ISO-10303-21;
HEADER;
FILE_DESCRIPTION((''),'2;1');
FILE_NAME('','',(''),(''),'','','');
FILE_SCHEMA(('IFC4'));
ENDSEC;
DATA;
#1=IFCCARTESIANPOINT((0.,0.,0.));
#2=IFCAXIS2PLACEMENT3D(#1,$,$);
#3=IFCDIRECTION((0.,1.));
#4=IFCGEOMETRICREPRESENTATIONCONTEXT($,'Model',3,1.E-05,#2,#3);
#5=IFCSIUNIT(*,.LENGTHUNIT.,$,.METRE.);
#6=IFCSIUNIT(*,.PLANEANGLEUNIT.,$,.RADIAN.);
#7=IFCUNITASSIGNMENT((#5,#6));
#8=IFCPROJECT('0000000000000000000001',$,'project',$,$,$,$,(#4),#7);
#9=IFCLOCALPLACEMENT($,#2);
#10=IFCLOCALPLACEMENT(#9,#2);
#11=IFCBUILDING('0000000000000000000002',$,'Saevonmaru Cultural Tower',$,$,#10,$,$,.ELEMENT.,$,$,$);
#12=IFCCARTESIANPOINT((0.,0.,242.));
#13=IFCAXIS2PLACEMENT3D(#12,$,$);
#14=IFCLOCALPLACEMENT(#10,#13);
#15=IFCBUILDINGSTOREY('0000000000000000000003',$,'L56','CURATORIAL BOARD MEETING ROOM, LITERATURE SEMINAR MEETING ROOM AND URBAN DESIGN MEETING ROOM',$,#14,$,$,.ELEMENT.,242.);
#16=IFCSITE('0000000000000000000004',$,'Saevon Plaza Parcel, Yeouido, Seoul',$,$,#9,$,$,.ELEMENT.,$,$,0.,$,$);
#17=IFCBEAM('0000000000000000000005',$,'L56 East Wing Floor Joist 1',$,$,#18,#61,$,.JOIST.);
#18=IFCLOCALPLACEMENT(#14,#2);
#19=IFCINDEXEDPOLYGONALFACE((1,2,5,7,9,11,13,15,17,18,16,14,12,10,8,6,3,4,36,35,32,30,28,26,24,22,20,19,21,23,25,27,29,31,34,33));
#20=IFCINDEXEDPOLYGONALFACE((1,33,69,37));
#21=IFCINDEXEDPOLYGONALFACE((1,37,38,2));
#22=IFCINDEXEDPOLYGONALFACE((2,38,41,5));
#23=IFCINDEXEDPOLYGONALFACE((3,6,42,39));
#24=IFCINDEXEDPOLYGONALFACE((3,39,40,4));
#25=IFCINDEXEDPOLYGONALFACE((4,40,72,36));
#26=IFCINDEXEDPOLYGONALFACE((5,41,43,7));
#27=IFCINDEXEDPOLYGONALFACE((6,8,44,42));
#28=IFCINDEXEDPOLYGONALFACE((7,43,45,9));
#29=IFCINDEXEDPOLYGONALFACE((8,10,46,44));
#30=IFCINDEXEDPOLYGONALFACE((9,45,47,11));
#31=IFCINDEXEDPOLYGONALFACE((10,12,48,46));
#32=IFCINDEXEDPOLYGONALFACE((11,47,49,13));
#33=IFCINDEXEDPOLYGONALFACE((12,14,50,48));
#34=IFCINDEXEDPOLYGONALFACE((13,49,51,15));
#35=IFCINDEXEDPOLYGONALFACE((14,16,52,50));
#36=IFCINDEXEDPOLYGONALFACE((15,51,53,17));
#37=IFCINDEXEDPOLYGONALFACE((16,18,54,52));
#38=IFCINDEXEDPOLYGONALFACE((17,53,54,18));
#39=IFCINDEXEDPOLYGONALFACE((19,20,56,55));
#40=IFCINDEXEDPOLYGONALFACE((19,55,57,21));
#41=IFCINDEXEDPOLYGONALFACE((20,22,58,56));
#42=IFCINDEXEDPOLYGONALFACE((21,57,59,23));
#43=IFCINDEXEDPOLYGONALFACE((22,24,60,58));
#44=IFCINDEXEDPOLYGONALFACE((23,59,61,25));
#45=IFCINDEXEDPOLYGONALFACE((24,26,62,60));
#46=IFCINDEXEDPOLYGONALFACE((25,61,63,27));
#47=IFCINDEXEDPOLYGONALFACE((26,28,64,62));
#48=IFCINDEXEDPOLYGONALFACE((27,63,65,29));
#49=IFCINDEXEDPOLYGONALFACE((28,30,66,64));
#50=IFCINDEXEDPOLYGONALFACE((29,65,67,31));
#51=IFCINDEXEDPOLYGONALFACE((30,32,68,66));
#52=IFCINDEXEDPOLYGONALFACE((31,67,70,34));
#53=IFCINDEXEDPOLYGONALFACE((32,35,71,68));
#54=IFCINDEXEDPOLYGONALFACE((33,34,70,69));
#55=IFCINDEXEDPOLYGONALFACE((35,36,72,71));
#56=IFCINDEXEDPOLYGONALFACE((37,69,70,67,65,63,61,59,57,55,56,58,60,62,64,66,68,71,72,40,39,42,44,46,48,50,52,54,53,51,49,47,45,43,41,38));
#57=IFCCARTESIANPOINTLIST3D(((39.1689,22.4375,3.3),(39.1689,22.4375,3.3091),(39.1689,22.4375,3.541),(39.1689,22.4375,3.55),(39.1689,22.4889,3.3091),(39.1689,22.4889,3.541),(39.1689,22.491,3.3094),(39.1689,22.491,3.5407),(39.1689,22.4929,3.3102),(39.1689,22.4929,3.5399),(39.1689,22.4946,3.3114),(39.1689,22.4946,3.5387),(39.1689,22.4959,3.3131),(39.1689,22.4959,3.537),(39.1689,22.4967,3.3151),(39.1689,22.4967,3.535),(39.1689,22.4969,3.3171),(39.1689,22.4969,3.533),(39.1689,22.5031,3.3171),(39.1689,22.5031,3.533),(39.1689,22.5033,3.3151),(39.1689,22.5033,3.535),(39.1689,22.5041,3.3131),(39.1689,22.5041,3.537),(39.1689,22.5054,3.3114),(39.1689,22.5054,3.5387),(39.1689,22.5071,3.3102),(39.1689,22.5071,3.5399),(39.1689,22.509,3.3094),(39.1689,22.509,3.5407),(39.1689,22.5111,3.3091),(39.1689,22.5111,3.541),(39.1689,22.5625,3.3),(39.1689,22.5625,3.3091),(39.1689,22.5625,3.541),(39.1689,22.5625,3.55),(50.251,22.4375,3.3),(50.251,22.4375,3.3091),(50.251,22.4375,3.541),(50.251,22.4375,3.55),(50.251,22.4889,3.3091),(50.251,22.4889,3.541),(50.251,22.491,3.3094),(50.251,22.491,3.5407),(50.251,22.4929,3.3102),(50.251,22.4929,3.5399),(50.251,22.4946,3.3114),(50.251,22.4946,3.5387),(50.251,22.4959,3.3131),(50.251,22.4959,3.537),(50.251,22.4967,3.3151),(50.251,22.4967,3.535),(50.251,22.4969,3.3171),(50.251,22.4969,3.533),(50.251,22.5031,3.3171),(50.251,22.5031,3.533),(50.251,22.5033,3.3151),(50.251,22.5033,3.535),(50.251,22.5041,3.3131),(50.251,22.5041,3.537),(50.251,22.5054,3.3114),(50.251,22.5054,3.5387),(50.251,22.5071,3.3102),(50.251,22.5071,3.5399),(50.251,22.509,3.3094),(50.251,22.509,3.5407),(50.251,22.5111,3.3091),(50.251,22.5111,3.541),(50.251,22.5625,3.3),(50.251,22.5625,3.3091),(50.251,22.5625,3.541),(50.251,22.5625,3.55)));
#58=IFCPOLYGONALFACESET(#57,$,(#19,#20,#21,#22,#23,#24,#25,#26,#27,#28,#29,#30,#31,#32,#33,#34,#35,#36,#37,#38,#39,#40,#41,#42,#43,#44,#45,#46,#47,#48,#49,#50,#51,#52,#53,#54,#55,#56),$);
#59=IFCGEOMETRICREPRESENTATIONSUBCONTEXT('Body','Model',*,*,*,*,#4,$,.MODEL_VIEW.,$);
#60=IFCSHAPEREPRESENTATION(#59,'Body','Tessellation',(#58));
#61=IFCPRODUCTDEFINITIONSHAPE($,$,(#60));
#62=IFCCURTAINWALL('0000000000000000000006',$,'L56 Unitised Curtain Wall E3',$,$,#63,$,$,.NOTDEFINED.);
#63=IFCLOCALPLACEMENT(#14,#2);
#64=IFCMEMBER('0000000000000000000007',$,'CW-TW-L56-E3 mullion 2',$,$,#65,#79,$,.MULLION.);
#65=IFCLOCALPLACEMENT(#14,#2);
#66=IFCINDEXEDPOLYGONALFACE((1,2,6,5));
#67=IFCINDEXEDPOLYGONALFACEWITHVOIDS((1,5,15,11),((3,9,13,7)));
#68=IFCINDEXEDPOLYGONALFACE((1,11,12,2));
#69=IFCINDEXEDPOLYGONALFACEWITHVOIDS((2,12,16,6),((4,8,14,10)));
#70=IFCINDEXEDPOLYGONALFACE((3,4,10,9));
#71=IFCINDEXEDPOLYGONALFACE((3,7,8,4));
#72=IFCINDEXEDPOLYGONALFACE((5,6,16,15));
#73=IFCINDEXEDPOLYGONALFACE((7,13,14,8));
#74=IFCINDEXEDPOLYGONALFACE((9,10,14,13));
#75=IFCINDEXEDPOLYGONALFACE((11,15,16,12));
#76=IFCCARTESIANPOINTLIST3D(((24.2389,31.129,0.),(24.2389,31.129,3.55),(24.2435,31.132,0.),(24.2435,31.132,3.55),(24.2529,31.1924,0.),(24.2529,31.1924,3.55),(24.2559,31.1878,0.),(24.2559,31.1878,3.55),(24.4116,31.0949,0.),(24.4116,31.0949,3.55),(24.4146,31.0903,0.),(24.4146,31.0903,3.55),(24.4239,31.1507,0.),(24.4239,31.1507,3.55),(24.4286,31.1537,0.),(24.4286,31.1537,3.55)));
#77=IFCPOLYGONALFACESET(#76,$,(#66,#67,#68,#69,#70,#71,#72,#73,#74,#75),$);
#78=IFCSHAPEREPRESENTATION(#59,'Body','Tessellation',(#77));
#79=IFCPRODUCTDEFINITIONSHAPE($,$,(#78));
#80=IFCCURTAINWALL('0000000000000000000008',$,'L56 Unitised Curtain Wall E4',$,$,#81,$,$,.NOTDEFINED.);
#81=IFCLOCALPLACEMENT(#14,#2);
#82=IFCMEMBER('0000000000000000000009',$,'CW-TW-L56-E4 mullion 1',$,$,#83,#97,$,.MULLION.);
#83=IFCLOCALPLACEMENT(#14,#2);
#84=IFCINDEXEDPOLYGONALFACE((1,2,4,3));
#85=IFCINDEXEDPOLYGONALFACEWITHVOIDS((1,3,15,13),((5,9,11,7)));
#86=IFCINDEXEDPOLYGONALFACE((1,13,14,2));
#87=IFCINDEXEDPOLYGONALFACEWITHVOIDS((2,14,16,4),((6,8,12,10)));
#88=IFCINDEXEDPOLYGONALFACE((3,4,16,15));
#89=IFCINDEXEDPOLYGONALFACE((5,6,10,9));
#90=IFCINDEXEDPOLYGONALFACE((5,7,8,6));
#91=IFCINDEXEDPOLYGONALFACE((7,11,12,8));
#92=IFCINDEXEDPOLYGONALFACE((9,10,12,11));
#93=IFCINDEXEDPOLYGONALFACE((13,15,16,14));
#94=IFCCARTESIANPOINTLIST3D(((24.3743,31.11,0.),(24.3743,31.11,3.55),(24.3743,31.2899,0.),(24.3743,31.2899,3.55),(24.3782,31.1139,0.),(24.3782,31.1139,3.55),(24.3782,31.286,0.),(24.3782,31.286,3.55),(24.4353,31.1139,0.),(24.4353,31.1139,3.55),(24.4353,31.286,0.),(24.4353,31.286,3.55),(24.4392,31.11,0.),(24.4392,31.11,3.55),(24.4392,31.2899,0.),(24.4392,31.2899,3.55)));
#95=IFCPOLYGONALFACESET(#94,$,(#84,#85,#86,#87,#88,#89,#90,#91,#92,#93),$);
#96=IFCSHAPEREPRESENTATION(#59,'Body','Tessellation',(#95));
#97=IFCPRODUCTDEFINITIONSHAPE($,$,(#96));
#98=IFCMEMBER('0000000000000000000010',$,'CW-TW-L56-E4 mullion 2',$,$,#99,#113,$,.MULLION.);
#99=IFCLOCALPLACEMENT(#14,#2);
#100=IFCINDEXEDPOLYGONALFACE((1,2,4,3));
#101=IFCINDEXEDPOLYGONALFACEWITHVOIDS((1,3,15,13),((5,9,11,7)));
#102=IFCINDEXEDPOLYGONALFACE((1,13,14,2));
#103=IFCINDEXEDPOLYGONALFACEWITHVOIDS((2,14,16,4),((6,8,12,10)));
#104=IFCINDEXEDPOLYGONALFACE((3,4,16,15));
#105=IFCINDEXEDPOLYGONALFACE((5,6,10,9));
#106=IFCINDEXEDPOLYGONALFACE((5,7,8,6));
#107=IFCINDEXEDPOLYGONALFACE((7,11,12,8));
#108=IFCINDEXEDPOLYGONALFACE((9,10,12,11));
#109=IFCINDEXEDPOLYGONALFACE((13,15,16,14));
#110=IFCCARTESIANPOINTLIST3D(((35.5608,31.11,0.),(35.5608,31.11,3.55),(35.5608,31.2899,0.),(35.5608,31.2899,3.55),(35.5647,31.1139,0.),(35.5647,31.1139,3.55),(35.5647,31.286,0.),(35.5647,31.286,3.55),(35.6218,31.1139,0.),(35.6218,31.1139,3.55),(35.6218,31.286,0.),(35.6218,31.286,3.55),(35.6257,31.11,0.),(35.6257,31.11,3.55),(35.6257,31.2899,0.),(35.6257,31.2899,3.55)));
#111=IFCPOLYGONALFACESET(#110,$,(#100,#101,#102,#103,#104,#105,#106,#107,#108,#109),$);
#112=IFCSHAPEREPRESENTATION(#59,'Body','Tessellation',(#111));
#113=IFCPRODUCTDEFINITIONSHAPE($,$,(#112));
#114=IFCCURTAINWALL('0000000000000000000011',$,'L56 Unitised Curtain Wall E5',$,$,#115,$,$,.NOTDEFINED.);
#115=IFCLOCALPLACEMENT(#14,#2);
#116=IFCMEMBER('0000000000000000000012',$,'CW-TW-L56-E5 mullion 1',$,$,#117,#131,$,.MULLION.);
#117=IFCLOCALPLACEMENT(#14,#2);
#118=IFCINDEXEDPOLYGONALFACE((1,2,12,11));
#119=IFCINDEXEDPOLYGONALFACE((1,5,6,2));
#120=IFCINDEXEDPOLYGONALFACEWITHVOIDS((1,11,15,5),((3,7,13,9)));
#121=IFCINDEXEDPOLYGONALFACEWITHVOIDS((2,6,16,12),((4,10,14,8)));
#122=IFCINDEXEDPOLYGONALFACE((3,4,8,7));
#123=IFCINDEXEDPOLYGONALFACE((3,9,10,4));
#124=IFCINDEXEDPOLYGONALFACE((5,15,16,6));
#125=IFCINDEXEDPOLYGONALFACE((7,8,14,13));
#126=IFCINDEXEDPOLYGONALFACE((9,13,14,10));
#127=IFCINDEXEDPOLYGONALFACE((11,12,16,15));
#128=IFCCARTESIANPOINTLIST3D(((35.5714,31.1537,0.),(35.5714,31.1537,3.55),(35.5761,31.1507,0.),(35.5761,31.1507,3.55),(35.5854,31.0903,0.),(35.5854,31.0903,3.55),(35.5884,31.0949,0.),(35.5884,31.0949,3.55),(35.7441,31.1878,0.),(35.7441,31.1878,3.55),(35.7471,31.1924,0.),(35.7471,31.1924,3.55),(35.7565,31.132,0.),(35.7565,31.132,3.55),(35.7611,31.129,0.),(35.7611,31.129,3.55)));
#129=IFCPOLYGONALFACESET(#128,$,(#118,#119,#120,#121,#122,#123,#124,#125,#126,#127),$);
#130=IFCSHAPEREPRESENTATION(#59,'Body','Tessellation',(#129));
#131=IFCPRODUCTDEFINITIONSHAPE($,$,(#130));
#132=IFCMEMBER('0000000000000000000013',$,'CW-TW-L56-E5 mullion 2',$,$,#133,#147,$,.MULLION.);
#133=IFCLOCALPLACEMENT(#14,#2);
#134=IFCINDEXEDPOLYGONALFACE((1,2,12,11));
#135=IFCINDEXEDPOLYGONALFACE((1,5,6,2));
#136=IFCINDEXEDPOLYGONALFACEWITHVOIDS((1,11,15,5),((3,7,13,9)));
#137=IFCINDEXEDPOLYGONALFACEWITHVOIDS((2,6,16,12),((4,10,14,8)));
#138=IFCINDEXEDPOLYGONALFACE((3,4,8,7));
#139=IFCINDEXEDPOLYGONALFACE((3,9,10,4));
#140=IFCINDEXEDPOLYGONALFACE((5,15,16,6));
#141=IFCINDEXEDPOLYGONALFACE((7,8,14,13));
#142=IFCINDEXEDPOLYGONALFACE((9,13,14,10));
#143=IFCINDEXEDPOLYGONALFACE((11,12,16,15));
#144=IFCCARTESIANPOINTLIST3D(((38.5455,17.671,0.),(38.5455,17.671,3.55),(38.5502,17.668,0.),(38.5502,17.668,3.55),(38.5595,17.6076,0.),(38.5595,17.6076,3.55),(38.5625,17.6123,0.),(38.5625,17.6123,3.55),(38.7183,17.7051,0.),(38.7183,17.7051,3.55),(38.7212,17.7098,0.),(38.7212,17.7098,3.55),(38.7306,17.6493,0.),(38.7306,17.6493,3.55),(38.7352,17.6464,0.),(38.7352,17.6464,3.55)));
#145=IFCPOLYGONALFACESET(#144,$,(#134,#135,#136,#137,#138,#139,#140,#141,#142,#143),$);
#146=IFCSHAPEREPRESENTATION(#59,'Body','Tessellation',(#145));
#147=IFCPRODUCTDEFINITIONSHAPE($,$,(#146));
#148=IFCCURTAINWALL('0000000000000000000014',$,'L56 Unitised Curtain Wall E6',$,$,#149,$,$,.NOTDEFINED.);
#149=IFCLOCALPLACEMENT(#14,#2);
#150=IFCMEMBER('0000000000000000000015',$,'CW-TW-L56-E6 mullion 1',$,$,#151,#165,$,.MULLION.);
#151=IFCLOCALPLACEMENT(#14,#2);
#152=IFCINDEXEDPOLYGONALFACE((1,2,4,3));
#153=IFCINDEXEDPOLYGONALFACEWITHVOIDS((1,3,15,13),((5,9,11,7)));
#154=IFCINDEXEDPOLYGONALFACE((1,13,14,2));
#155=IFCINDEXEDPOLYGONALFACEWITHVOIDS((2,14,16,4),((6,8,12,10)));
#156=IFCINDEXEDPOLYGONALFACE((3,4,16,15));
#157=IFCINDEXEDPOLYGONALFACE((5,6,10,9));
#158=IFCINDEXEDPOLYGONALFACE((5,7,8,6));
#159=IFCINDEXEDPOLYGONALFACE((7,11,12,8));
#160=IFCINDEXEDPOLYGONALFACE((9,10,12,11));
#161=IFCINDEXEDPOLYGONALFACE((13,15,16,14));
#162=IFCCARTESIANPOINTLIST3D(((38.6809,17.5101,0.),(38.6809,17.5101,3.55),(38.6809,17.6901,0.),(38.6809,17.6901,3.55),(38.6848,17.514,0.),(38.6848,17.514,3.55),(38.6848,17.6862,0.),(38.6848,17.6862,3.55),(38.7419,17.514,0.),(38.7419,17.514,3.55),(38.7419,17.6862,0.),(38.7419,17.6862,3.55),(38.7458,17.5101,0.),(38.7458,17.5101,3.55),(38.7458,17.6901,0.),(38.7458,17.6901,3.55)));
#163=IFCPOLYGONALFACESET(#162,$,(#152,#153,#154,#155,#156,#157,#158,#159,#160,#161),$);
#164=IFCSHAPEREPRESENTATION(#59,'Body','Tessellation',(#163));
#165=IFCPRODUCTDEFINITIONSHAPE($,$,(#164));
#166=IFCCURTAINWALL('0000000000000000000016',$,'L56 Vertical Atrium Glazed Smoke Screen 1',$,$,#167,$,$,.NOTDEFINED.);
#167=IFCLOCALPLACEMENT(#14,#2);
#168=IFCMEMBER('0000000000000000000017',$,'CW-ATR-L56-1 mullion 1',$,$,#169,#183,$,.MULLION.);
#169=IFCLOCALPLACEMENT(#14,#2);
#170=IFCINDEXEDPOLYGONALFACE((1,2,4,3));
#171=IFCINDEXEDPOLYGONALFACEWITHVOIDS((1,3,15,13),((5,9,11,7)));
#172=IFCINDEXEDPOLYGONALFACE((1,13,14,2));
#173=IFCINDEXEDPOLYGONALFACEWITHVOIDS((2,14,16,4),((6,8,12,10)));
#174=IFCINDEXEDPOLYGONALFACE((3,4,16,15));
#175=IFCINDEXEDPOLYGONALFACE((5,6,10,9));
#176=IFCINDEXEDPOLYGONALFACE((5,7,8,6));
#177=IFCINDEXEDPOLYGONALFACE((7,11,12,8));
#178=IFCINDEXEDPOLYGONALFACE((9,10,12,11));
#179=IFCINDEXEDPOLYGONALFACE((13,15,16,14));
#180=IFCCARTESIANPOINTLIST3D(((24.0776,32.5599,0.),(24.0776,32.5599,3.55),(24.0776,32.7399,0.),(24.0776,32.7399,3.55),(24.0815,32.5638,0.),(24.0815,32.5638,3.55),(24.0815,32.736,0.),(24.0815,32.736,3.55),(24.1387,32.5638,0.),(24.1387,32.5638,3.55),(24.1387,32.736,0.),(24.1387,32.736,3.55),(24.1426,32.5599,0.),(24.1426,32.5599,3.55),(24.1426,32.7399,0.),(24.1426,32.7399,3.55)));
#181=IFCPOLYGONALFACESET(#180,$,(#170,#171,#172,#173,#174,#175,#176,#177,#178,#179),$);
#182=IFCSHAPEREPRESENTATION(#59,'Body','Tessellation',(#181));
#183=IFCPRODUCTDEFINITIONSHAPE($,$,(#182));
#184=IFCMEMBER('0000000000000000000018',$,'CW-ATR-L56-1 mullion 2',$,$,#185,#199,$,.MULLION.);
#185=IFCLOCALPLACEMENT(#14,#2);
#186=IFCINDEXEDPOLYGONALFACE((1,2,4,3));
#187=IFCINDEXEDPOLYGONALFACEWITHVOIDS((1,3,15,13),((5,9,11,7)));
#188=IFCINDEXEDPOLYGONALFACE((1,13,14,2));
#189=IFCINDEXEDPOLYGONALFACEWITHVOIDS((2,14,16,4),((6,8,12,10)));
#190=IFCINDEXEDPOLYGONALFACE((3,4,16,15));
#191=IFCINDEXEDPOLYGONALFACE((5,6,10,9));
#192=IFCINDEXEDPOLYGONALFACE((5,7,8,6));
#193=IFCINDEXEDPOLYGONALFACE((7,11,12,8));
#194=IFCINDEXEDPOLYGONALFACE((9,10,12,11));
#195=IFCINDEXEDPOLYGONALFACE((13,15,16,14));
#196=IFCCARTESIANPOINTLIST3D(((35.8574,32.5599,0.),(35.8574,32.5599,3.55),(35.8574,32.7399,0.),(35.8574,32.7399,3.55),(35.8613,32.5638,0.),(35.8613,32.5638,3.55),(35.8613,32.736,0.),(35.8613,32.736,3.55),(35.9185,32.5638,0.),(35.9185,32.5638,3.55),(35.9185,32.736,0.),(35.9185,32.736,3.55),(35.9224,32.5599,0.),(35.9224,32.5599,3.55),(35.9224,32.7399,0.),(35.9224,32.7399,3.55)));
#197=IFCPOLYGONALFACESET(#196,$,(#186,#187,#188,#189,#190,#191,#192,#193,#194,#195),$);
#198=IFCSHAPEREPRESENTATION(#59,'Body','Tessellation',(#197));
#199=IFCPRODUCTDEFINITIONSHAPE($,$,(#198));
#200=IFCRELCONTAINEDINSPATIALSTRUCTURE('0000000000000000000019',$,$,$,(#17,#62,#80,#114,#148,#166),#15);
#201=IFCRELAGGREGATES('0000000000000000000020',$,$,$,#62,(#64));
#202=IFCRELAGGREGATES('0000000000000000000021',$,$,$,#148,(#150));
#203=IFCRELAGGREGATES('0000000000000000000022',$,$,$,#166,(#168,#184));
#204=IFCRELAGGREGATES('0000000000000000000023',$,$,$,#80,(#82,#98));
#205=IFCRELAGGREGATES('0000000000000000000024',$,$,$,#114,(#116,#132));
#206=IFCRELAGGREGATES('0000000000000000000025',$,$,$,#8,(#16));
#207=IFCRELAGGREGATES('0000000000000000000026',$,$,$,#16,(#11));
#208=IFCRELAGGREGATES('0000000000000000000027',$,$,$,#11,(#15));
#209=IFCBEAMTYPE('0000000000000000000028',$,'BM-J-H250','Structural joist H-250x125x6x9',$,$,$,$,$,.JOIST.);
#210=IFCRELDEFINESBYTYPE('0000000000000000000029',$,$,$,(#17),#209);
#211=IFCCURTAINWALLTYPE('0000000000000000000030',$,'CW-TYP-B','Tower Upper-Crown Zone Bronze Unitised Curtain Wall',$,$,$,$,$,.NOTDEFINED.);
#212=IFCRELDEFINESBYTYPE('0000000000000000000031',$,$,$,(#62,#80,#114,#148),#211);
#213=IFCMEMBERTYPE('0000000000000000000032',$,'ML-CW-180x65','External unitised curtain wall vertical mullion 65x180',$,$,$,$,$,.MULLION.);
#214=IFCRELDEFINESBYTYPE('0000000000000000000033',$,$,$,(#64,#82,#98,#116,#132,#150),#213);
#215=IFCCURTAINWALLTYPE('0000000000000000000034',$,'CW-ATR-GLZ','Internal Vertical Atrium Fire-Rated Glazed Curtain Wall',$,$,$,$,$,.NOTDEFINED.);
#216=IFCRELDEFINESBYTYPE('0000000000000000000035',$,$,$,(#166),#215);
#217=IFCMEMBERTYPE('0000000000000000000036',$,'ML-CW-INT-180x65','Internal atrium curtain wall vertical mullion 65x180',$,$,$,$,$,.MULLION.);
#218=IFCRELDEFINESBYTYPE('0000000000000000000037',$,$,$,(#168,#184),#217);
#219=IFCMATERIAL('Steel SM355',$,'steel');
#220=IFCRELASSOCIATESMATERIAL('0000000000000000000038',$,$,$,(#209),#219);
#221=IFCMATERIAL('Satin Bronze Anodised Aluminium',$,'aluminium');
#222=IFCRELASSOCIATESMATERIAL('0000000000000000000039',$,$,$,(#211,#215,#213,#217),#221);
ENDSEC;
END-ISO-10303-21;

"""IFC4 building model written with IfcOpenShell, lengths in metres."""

from ifc_helpers import new_model, si_unit, direction, frame, origin, origin_2d, place, context, subcontext, project, spatial, hollow_rectangle, i_section, extrude, material, material_profile, profile_set, type_object, element, aggregate, save


model = new_model("IFC4")

# Units and contexts
model_context = context("Model", 3, precision=1e-05, world=origin(), true_north=direction((0.0, 1.0)))
body_context = subcontext(model_context, "Body", "Model", "MODEL_VIEW")
ifc_project = project(units=[si_unit("LENGTHUNIT", "METRE"), si_unit("PLANEANGLEUNIT", "RADIAN")], contexts=[model_context])

# Site, building, storey
site_placement = place(None, origin())
site = spatial("IfcSite", under=ifc_project, at=site_placement, Name="Saevon Plaza Parcel, Yeouido, Seoul", CompositionType="ELEMENT", RefElevation=0.0)
building_placement = place(site_placement, origin())
building = spatial("IfcBuilding", under=site, at=building_placement, Name="Saevonmaru Cultural Tower", CompositionType="ELEMENT")
storey_placement = place(building_placement, frame((0.0, 0.0, 242.0)))
storey = spatial("IfcBuildingStorey", under=building, at=storey_placement, Name="L56", Description="CURATORIAL BOARD MEETING ROOM, LITERATURE SEMINAR MEETING ROOM AND URBAN DESIGN MEETING ROOM", CompositionType="ELEMENT", Elevation=242.0)

# Shared definitions
ifc_material_1 = material(Name="Steel SM355", Category="steel")

# Beam
ifc_material_profile_1 = material_profile(ifc_material_1, i_section(OverallWidth=0.125, OverallDepth=0.25, WebThickness=0.0061, FlangeThickness=0.009, FilletRadius=0.0081, at=origin_2d()), Name="H-250x125x6x9")
ifc_profile_set_1 = profile_set([ifc_material_profile_1], Name="Steel SM355")
beam_type_1 = type_object("IfcBeamType", Name="BM-J-H250", Description="Structural joist H-250x125x6x9", PredefinedType="JOIST", material=ifc_profile_set_1)
beam_1_placement = place(storey_placement, frame((39.1689, 22.5, 3.425), z_axis=(1.0, 0.0, 0.0), x_axis=(0.0, 1.0, 0.0)))
element("IfcBeam", 1, at=beam_1_placement, inside=storey, type_object=beam_type_1, Name="L56 East Wing Floor Joist 1", PredefinedType="JOIST", context=body_context, shape_type="SweptSolid", body=[
    extrude(i_section(OverallWidth=0.125, OverallDepth=0.25, WebThickness=0.0061, FlangeThickness=0.009, FilletRadius=0.0081, at=origin_2d()), origin(), (0.0, 0.0, 1.0), 11.082),
])

# Curtain wall, member
ifc_material_2 = material(Name="Satin Bronze Anodised Aluminium", Category="aluminium")
curtain_wall_type_1 = type_object("IfcCurtainWallType", Name="CW-TYP-B", Description="Tower Upper-Crown Zone Bronze Unitised Curtain Wall", PredefinedType="NOTDEFINED", material=ifc_material_2)
curtain_wall_1_placement = place(storey_placement, origin())
curtain_wall_1 = element("IfcCurtainWall", 2, at=curtain_wall_1_placement, inside=storey, type_object=curtain_wall_type_1, Name="L56 Unitised Curtain Wall E3", PredefinedType="NOTDEFINED")
ifc_material_profile_2 = material_profile(ifc_material_2, hollow_rectangle(XDim=0.0649, YDim=0.1799, WallThickness=0.0039, at=origin_2d()), Name="ALU-MULL-180x65x4")
ifc_profile_set_2 = profile_set([ifc_material_profile_2], Name="Satin Bronze Anodised Aluminium")
member_type_1 = type_object("IfcMemberType", Name="ML-CW-180x65", Description="External unitised curtain wall vertical mullion 65x180", PredefinedType="MULLION", material=ifc_profile_set_2)
member_1_placement = place(storey_placement, frame((24.3337, 31.1414, 0.0), z_axis=(0.0, 0.0, 1.0), x_axis=(0.215413, 0.976523, 0.0)))
member_1 = element("IfcMember", 3, at=member_1_placement, type_object=member_type_1, Name="CW-TW-L56-E3 mullion 2", PredefinedType="MULLION", context=body_context, shape_type="SweptSolid", body=[
    extrude(hollow_rectangle(XDim=0.0649, YDim=0.1799, WallThickness=0.0039, at=origin_2d()), origin(), (0.0, 0.0, 1.0), 3.55),
])
aggregate(curtain_wall_1, [member_1])

# Curtain walls, members
curtain_wall_2_placement = place(storey_placement, origin())
curtain_wall_2 = element("IfcCurtainWall", 4, at=curtain_wall_2_placement, inside=storey, type_object=curtain_wall_type_1, Name="L56 Unitised Curtain Wall E4", PredefinedType="NOTDEFINED")
member_2_placement = place(storey_placement, frame((24.4067, 31.2, 0.0), z_axis=(0.0, 0.0, 1.0), x_axis=(1.0, 0.0, 0.0)))
member_2 = element("IfcMember", 5, at=member_2_placement, type_object=member_type_1, Name="CW-TW-L56-E4 mullion 1", PredefinedType="MULLION", context=body_context, shape_type="SweptSolid", body=[
    extrude(hollow_rectangle(XDim=0.0649, YDim=0.1799, WallThickness=0.0039, at=origin_2d()), origin(), (0.0, 0.0, 1.0), 3.55),
])
member_3_placement = place(storey_placement, frame((35.5933, 31.2, 0.0), z_axis=(0.0, 0.0, 1.0), x_axis=(1.0, 0.0, 0.0)))
member_3 = element("IfcMember", 6, at=member_3_placement, type_object=member_type_1, Name="CW-TW-L56-E4 mullion 2", PredefinedType="MULLION", context=body_context, shape_type="SweptSolid", body=[
    extrude(hollow_rectangle(XDim=0.0649, YDim=0.1799, WallThickness=0.0039, at=origin_2d()), origin(), (0.0, 0.0, 1.0), 3.55),
])
curtain_wall_3_placement = place(storey_placement, origin())
curtain_wall_3 = element("IfcCurtainWall", 7, at=curtain_wall_3_placement, inside=storey, type_object=curtain_wall_type_1, Name="L56 Unitised Curtain Wall E5", PredefinedType="NOTDEFINED")
member_4_placement = place(storey_placement, frame((35.6663, 31.1414, 0.0), z_axis=(0.0, 0.0, 1.0), x_axis=(0.215413, -0.976523, 0.0)))
member_4 = element("IfcMember", 8, at=member_4_placement, type_object=member_type_1, Name="CW-TW-L56-E5 mullion 1", PredefinedType="MULLION", context=body_context, shape_type="SweptSolid", body=[
    extrude(hollow_rectangle(XDim=0.0649, YDim=0.1799, WallThickness=0.0039, at=origin_2d()), origin(), (0.0, 0.0, 1.0), 3.55),
])
member_5_placement = place(storey_placement, frame((38.6404, 17.6587, 0.0), z_axis=(0.0, 0.0, 1.0), x_axis=(0.215413, -0.976523, 0.0)))
member_5 = element("IfcMember", 9, at=member_5_placement, type_object=member_type_1, Name="CW-TW-L56-E5 mullion 2", PredefinedType="MULLION", context=body_context, shape_type="SweptSolid", body=[
    extrude(hollow_rectangle(XDim=0.0649, YDim=0.1799, WallThickness=0.0039, at=origin_2d()), origin(), (0.0, 0.0, 1.0), 3.55),
])

# Curtain wall, member
curtain_wall_4_placement = place(storey_placement, origin())
curtain_wall_4 = element("IfcCurtainWall", 10, at=curtain_wall_4_placement, inside=storey, type_object=curtain_wall_type_1, Name="L56 Unitised Curtain Wall E6", PredefinedType="NOTDEFINED")
member_6_placement = place(storey_placement, frame((38.7134, 17.6001, 0.0), z_axis=(0.0, 0.0, 1.0), x_axis=(1.0, 0.0, 0.0)))
member_6 = element("IfcMember", 11, at=member_6_placement, type_object=member_type_1, Name="CW-TW-L56-E6 mullion 1", PredefinedType="MULLION", context=body_context, shape_type="SweptSolid", body=[
    extrude(hollow_rectangle(XDim=0.0649, YDim=0.1799, WallThickness=0.0039, at=origin_2d()), origin(), (0.0, 0.0, 1.0), 3.55),
])

# Curtain wall, members
curtain_wall_type_2 = type_object("IfcCurtainWallType", Name="CW-ATR-GLZ", Description="Internal Vertical Atrium Fire-Rated Glazed Curtain Wall", PredefinedType="NOTDEFINED", material=ifc_material_2)
curtain_wall_5_placement = place(storey_placement, origin())
curtain_wall_5 = element("IfcCurtainWall", 12, at=curtain_wall_5_placement, inside=storey, type_object=curtain_wall_type_2, Name="L56 Vertical Atrium Glazed Smoke Screen 1", PredefinedType="NOTDEFINED")
ifc_material_profile_3 = material_profile(ifc_material_2, hollow_rectangle(XDim=0.0649, YDim=0.1799, WallThickness=0.0039, at=origin_2d()), Name="ALU-MULL-180x65x4")
ifc_profile_set_3 = profile_set([ifc_material_profile_3], Name="Satin Bronze Anodised Aluminium")
member_type_2 = type_object("IfcMemberType", Name="ML-CW-INT-180x65", Description="Internal atrium curtain wall vertical mullion 65x180", PredefinedType="MULLION", material=ifc_profile_set_3)
member_7_placement = place(storey_placement, frame((24.1101, 32.6499, 0.0), z_axis=(0.0, 0.0, 1.0), x_axis=(1.0, 0.0, 0.0)))
member_7 = element("IfcMember", 13, at=member_7_placement, type_object=member_type_2, Name="CW-ATR-L56-1 mullion 1", PredefinedType="MULLION", context=body_context, shape_type="SweptSolid", body=[
    extrude(hollow_rectangle(XDim=0.0649, YDim=0.1799, WallThickness=0.0039, at=origin_2d()), origin(), (0.0, 0.0, 1.0), 3.55),
])
member_8_placement = place(storey_placement, frame((35.8899, 32.6499, 0.0), z_axis=(0.0, 0.0, 1.0), x_axis=(1.0, 0.0, 0.0)))
member_8 = element("IfcMember", 14, at=member_8_placement, type_object=member_type_2, Name="CW-ATR-L56-1 mullion 2", PredefinedType="MULLION", context=body_context, shape_type="SweptSolid", body=[
    extrude(hollow_rectangle(XDim=0.0649, YDim=0.1799, WallThickness=0.0039, at=origin_2d()), origin(), (0.0, 0.0, 1.0), 3.55),
])

aggregate(curtain_wall_4, [member_6])

aggregate(curtain_wall_5, [member_7, member_8])
aggregate(curtain_wall_2, [member_2, member_3])
aggregate(curtain_wall_3, [member_4, member_5])

save(model, "model.ifc")
